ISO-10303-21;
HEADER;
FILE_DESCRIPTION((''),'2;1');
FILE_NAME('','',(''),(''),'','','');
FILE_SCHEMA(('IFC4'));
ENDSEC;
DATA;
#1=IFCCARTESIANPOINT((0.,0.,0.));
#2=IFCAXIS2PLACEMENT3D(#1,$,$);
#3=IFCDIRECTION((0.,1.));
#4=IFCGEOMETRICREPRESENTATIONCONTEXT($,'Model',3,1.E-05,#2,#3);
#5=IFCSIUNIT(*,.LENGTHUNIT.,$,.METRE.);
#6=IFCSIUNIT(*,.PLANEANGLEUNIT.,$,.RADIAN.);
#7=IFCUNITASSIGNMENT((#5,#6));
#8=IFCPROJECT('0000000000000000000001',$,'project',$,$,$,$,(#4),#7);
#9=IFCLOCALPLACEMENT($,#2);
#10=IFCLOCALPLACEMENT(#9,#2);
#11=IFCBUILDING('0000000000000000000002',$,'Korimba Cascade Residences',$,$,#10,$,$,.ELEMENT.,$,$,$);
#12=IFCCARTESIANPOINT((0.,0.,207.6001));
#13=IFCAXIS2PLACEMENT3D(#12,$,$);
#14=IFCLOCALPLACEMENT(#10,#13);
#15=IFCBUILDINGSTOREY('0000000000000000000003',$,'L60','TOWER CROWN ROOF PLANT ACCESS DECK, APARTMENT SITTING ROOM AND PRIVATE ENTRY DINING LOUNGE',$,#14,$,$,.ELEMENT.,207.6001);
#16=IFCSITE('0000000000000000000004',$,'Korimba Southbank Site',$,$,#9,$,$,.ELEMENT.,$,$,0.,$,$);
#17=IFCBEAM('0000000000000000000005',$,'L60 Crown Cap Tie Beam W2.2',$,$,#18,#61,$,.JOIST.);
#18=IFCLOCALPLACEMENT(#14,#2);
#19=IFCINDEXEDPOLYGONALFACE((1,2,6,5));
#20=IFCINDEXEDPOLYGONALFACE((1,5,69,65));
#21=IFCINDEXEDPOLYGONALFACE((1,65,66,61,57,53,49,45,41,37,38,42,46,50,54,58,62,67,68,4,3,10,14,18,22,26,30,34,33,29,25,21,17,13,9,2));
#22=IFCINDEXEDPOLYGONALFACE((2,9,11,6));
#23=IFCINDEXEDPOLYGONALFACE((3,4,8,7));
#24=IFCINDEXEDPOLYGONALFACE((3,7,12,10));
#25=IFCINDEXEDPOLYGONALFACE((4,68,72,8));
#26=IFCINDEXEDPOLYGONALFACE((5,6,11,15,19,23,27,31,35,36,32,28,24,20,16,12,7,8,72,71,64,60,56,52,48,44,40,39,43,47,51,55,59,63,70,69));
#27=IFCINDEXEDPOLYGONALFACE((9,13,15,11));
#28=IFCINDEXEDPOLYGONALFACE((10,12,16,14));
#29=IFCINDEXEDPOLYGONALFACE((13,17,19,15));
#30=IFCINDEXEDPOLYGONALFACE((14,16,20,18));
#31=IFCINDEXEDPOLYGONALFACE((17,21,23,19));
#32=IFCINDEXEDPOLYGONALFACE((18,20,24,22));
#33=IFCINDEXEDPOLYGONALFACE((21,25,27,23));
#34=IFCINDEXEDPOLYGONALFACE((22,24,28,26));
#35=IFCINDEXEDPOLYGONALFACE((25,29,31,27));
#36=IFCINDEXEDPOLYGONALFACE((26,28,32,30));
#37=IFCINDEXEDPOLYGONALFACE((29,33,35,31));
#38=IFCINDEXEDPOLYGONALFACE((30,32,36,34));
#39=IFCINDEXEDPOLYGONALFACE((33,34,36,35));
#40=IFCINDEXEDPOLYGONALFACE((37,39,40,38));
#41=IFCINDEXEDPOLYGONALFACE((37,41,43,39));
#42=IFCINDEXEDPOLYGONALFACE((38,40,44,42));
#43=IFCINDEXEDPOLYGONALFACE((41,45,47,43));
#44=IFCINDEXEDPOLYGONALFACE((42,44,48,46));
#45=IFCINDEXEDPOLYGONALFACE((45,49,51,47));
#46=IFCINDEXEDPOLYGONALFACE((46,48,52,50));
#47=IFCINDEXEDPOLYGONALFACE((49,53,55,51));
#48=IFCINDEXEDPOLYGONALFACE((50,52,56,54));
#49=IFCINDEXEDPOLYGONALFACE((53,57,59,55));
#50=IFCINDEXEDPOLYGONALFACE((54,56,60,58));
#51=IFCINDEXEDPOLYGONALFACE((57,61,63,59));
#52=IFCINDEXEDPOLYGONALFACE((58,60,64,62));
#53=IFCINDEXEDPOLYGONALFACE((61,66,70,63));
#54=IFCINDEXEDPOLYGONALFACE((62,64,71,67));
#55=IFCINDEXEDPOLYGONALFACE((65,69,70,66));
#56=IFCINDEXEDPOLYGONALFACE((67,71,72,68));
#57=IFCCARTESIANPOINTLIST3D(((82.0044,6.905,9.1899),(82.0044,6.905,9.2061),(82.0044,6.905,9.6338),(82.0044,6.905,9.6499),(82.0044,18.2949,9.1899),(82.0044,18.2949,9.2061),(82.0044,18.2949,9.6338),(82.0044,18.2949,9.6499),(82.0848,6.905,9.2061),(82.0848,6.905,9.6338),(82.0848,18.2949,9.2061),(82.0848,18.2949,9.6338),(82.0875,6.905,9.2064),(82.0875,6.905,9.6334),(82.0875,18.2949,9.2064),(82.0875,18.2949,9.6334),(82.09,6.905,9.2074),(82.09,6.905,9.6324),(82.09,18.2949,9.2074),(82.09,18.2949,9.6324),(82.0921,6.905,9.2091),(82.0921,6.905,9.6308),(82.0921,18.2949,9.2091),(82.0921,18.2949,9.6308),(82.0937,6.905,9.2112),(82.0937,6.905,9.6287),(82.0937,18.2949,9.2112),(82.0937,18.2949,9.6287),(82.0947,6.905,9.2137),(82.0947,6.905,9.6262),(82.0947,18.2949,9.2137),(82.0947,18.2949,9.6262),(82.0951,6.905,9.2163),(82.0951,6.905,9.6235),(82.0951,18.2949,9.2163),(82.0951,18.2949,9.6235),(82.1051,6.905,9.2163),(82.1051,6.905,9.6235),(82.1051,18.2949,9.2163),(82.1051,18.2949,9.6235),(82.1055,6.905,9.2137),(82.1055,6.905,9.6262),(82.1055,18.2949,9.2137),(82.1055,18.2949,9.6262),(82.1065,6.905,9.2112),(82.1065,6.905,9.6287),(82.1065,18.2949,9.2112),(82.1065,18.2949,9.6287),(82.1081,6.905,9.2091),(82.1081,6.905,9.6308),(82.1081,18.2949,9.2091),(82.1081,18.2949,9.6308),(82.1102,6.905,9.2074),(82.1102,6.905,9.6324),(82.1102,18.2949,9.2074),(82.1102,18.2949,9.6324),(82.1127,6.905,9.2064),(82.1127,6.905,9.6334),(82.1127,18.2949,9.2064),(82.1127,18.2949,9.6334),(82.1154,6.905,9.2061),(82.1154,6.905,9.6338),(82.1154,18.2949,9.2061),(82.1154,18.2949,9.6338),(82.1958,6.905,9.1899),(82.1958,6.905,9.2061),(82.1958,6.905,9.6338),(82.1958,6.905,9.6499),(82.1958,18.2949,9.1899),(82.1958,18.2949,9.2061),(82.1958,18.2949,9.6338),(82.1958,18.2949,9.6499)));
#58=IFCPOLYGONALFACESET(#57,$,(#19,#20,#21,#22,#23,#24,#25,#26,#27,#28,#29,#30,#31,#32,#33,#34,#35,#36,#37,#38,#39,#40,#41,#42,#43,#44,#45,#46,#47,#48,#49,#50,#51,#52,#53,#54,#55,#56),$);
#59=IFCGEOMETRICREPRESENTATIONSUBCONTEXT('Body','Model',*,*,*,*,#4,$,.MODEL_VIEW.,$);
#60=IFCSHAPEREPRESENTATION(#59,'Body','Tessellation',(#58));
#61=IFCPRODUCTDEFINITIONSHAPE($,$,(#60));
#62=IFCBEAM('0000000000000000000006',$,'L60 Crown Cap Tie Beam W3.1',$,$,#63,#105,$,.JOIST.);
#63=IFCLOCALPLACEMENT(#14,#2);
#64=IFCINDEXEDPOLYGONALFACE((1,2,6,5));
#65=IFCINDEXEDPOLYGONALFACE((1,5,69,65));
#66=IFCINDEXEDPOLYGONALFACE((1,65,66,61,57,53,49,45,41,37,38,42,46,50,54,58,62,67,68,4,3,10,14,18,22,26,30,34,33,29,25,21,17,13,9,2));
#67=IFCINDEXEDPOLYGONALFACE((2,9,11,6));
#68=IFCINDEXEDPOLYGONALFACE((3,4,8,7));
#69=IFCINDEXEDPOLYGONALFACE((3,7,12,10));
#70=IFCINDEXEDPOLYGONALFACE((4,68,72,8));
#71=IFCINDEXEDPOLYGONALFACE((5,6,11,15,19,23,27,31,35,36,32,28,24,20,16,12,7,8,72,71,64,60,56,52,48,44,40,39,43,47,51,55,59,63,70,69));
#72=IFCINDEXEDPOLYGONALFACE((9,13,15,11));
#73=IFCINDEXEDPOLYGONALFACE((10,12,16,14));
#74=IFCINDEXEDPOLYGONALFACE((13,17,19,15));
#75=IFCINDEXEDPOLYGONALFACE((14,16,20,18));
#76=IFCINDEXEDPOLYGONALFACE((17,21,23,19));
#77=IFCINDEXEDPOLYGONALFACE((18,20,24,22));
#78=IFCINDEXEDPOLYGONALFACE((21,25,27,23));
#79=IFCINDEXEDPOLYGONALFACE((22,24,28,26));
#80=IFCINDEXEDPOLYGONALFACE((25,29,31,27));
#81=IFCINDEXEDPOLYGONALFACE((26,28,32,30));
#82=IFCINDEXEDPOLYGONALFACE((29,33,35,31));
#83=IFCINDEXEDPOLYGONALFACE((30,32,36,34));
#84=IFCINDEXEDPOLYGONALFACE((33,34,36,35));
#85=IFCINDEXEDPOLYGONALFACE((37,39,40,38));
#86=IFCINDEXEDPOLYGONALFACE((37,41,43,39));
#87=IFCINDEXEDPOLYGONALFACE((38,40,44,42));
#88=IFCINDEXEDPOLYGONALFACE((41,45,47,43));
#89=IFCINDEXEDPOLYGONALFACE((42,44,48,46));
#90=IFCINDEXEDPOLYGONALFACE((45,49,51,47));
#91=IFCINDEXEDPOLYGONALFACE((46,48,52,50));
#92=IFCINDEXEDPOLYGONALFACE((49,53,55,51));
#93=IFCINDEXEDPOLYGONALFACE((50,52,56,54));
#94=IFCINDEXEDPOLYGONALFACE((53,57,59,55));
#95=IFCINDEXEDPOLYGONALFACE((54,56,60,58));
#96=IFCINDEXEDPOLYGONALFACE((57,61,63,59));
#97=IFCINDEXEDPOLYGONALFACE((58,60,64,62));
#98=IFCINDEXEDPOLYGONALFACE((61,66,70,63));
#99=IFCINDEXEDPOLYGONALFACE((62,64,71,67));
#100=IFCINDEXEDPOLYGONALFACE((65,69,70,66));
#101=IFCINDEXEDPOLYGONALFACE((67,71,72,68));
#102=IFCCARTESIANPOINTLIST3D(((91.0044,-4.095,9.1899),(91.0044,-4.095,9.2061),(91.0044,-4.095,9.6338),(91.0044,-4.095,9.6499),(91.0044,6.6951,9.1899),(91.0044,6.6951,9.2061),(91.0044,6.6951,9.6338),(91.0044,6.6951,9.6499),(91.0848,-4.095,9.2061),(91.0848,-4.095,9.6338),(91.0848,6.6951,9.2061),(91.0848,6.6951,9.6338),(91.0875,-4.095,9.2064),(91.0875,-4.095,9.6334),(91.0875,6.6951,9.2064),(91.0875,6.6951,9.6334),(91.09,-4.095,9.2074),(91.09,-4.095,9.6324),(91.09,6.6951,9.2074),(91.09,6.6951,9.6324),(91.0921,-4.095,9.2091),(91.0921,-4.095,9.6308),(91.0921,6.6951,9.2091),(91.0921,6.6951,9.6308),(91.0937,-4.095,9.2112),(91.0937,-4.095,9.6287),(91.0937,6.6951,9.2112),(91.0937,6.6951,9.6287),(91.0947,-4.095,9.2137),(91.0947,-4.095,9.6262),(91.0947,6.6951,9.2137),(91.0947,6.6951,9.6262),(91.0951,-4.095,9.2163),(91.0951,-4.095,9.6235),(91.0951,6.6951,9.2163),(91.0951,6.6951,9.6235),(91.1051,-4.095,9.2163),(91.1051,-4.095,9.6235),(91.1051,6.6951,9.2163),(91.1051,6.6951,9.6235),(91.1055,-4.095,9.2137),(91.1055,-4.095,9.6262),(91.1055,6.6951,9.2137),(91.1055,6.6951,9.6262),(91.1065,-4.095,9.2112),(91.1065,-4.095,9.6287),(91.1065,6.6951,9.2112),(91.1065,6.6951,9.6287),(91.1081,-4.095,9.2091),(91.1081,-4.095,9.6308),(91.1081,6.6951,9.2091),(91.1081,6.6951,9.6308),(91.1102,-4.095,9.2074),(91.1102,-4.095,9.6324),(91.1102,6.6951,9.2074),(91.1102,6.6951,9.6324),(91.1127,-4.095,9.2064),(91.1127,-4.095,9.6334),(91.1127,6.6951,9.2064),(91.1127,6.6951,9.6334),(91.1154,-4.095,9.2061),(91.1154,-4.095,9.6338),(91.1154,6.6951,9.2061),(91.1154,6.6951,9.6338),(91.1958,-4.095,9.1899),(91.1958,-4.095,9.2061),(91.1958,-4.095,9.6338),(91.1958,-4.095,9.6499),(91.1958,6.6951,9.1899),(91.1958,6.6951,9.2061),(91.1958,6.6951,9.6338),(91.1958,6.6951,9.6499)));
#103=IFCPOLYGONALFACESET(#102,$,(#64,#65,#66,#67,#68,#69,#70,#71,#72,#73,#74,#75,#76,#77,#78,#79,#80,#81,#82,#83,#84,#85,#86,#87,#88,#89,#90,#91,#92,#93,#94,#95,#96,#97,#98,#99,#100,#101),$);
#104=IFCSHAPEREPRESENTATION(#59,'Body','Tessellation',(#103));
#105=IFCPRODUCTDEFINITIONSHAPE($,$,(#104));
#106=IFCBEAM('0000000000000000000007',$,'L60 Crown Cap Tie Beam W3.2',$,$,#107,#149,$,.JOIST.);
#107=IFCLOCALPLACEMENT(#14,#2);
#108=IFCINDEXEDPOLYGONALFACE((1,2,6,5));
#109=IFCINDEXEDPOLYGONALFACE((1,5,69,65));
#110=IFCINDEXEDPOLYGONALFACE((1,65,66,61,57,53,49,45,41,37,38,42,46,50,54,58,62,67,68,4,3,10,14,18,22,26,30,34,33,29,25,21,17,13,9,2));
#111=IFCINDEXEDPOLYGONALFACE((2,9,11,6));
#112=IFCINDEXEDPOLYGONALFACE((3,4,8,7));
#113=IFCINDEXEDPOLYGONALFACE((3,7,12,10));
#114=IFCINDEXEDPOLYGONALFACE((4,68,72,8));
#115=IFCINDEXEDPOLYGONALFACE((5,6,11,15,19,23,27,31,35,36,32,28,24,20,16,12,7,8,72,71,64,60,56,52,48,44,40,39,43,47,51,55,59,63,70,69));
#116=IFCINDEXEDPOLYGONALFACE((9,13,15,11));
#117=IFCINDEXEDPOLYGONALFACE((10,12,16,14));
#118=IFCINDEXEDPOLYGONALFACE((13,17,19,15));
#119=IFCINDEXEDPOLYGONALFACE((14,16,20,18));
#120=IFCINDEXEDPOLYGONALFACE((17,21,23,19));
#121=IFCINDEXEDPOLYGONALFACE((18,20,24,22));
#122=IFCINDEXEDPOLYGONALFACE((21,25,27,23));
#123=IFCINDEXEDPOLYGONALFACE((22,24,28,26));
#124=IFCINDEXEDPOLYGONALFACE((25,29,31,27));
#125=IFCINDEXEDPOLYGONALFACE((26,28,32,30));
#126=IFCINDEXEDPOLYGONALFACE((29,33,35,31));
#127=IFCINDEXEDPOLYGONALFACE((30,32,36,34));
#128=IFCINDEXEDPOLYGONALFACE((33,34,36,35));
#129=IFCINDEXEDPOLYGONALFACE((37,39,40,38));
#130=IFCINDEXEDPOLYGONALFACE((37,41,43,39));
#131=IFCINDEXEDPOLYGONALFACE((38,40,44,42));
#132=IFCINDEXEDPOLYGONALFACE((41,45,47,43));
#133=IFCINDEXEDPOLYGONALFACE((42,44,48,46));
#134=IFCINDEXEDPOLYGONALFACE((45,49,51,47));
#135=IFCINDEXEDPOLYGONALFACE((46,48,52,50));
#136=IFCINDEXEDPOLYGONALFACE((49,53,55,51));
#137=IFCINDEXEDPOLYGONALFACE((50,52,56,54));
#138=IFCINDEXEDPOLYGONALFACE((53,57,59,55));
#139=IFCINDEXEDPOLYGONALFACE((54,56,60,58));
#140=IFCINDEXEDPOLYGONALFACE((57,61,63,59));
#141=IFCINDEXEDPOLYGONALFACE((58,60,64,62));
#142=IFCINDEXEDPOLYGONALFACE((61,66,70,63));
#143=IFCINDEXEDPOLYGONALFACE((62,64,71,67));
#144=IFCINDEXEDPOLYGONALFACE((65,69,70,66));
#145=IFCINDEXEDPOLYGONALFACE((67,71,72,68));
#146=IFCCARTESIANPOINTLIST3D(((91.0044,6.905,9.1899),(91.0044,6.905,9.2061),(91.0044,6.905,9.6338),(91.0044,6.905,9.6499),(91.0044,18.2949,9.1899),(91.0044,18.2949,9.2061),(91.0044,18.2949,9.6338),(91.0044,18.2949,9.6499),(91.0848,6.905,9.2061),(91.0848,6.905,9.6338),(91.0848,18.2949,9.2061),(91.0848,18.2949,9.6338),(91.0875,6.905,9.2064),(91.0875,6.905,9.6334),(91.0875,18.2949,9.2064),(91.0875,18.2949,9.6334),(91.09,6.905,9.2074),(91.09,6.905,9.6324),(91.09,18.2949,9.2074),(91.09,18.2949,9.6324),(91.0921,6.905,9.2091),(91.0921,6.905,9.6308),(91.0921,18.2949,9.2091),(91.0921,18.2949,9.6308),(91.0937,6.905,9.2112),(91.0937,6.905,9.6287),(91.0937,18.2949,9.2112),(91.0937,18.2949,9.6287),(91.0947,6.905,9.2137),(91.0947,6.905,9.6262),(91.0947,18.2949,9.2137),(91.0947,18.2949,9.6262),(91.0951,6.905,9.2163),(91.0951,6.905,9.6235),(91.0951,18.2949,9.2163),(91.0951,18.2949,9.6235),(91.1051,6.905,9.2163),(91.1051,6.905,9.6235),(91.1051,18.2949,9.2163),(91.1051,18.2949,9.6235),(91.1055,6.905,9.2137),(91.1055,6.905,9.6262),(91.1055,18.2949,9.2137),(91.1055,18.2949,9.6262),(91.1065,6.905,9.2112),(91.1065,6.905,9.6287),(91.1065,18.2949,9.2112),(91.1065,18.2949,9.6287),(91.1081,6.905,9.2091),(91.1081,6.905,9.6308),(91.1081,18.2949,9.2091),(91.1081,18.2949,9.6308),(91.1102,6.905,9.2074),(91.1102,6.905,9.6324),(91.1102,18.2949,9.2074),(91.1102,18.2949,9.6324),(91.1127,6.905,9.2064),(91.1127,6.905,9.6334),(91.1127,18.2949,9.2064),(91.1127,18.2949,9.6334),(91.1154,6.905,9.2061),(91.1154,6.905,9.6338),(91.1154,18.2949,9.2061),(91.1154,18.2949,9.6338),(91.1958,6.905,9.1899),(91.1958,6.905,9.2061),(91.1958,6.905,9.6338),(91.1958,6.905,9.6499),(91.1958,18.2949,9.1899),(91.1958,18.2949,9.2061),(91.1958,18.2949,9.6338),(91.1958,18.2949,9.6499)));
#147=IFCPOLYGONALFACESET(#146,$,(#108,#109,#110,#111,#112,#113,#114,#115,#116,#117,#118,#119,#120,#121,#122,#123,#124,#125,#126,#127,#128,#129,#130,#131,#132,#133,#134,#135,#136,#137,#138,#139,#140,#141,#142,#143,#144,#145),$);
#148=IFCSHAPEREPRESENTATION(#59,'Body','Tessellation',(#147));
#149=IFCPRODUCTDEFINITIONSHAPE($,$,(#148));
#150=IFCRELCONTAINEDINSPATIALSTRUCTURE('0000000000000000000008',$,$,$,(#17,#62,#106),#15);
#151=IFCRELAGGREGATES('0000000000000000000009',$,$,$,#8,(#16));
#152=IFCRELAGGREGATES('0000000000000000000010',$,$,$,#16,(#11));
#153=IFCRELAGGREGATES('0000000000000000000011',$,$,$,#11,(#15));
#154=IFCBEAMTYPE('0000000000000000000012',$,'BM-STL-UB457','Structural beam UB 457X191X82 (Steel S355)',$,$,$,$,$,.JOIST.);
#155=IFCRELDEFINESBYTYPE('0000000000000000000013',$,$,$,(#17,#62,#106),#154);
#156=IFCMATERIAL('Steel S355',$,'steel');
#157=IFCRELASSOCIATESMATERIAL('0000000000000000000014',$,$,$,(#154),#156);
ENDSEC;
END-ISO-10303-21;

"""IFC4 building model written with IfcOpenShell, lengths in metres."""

from ifc_helpers import new_model, si_unit, direction, frame, origin, origin_2d, place, context, subcontext, project, spatial, i_section, extrude, material, material_profile, profile_set, type_object, element, save


model = new_model("IFC4")

# Units and contexts
model_context = context("Model", 3, precision=1e-05, world=origin(), true_north=direction((0.0, 1.0)))
body_context = subcontext(model_context, "Body", "Model", "MODEL_VIEW")
ifc_project = project(units=[si_unit("LENGTHUNIT", "METRE"), si_unit("PLANEANGLEUNIT", "RADIAN")], contexts=[model_context])

# Site, building, storey
site_placement = place(None, origin())
site = spatial("IfcSite", under=ifc_project, at=site_placement, Name="Korimba Southbank Site", CompositionType="ELEMENT", RefElevation=0.0)
building_placement = place(site_placement, origin())
building = spatial("IfcBuilding", under=site, at=building_placement, Name="Korimba Cascade Residences", CompositionType="ELEMENT")
storey_placement = place(building_placement, frame((0.0, 0.0, 207.6001)))
storey = spatial("IfcBuildingStorey", under=building, at=storey_placement, Name="L60", Description="TOWER CROWN ROOF PLANT ACCESS DECK, APARTMENT SITTING ROOM AND PRIVATE ENTRY DINING LOUNGE", CompositionType="ELEMENT", Elevation=207.6001)

# Shared definitions
ifc_material_1 = material(Name="Steel S355", Category="steel")

# Beams
ifc_material_profile_1 = material_profile(ifc_material_1, i_section(OverallWidth=0.1914, OverallDepth=0.46, WebThickness=0.01, FlangeThickness=0.0161, FilletRadius=0.0103, at=origin_2d()), Name="Steel S355")
ifc_profile_set_1 = profile_set([ifc_material_profile_1], Name="Steel S355")
beam_type_1 = type_object("IfcBeamType", Name="BM-STL-UB457", Description="Structural beam UB 457X191X82 (Steel S355)", PredefinedType="JOIST", material=ifc_profile_set_1)
beam_1_placement = place(storey_placement, frame((82.1001, 6.905, 9.4199), z_axis=(0.0, 1.0, 0.0), x_axis=(-1.0, 0.0, 0.0)))
element("IfcBeam", 1, at=beam_1_placement, inside=storey, type_object=beam_type_1, Name="L60 Crown Cap Tie Beam W2.2", PredefinedType="JOIST", context=body_context, shape_type="SweptSolid", body=[
    extrude(i_section(OverallWidth=0.1914, OverallDepth=0.46, WebThickness=0.01, FlangeThickness=0.0161, FilletRadius=0.0103, at=origin_2d()), origin(), (0.0, 0.0, 1.0), 11.3899),
])
beam_2_placement = place(storey_placement, frame((91.1001, -4.095, 9.4199), z_axis=(0.0, 1.0, 0.0), x_axis=(-1.0, 0.0, 0.0)))
element("IfcBeam", 2, at=beam_2_placement, inside=storey, type_object=beam_type_1, Name="L60 Crown Cap Tie Beam W3.1", PredefinedType="JOIST", context=body_context, shape_type="SweptSolid", body=[
    extrude(i_section(OverallWidth=0.1914, OverallDepth=0.46, WebThickness=0.01, FlangeThickness=0.0161, FilletRadius=0.0103, at=origin_2d()), origin(), (0.0, 0.0, 1.0), 10.79),
])
beam_3_placement = place(storey_placement, frame((91.1001, 6.905, 9.4199), z_axis=(0.0, 1.0, 0.0), x_axis=(-1.0, 0.0, 0.0)))
element("IfcBeam", 3, at=beam_3_placement, inside=storey, type_object=beam_type_1, Name="L60 Crown Cap Tie Beam W3.2", PredefinedType="JOIST", context=body_context, shape_type="SweptSolid", body=[
    extrude(i_section(OverallWidth=0.1914, OverallDepth=0.46, WebThickness=0.01, FlangeThickness=0.0161, FilletRadius=0.0103, at=origin_2d()), origin(), (0.0, 0.0, 1.0), 11.3899),
])

save(model, "model.ifc")
